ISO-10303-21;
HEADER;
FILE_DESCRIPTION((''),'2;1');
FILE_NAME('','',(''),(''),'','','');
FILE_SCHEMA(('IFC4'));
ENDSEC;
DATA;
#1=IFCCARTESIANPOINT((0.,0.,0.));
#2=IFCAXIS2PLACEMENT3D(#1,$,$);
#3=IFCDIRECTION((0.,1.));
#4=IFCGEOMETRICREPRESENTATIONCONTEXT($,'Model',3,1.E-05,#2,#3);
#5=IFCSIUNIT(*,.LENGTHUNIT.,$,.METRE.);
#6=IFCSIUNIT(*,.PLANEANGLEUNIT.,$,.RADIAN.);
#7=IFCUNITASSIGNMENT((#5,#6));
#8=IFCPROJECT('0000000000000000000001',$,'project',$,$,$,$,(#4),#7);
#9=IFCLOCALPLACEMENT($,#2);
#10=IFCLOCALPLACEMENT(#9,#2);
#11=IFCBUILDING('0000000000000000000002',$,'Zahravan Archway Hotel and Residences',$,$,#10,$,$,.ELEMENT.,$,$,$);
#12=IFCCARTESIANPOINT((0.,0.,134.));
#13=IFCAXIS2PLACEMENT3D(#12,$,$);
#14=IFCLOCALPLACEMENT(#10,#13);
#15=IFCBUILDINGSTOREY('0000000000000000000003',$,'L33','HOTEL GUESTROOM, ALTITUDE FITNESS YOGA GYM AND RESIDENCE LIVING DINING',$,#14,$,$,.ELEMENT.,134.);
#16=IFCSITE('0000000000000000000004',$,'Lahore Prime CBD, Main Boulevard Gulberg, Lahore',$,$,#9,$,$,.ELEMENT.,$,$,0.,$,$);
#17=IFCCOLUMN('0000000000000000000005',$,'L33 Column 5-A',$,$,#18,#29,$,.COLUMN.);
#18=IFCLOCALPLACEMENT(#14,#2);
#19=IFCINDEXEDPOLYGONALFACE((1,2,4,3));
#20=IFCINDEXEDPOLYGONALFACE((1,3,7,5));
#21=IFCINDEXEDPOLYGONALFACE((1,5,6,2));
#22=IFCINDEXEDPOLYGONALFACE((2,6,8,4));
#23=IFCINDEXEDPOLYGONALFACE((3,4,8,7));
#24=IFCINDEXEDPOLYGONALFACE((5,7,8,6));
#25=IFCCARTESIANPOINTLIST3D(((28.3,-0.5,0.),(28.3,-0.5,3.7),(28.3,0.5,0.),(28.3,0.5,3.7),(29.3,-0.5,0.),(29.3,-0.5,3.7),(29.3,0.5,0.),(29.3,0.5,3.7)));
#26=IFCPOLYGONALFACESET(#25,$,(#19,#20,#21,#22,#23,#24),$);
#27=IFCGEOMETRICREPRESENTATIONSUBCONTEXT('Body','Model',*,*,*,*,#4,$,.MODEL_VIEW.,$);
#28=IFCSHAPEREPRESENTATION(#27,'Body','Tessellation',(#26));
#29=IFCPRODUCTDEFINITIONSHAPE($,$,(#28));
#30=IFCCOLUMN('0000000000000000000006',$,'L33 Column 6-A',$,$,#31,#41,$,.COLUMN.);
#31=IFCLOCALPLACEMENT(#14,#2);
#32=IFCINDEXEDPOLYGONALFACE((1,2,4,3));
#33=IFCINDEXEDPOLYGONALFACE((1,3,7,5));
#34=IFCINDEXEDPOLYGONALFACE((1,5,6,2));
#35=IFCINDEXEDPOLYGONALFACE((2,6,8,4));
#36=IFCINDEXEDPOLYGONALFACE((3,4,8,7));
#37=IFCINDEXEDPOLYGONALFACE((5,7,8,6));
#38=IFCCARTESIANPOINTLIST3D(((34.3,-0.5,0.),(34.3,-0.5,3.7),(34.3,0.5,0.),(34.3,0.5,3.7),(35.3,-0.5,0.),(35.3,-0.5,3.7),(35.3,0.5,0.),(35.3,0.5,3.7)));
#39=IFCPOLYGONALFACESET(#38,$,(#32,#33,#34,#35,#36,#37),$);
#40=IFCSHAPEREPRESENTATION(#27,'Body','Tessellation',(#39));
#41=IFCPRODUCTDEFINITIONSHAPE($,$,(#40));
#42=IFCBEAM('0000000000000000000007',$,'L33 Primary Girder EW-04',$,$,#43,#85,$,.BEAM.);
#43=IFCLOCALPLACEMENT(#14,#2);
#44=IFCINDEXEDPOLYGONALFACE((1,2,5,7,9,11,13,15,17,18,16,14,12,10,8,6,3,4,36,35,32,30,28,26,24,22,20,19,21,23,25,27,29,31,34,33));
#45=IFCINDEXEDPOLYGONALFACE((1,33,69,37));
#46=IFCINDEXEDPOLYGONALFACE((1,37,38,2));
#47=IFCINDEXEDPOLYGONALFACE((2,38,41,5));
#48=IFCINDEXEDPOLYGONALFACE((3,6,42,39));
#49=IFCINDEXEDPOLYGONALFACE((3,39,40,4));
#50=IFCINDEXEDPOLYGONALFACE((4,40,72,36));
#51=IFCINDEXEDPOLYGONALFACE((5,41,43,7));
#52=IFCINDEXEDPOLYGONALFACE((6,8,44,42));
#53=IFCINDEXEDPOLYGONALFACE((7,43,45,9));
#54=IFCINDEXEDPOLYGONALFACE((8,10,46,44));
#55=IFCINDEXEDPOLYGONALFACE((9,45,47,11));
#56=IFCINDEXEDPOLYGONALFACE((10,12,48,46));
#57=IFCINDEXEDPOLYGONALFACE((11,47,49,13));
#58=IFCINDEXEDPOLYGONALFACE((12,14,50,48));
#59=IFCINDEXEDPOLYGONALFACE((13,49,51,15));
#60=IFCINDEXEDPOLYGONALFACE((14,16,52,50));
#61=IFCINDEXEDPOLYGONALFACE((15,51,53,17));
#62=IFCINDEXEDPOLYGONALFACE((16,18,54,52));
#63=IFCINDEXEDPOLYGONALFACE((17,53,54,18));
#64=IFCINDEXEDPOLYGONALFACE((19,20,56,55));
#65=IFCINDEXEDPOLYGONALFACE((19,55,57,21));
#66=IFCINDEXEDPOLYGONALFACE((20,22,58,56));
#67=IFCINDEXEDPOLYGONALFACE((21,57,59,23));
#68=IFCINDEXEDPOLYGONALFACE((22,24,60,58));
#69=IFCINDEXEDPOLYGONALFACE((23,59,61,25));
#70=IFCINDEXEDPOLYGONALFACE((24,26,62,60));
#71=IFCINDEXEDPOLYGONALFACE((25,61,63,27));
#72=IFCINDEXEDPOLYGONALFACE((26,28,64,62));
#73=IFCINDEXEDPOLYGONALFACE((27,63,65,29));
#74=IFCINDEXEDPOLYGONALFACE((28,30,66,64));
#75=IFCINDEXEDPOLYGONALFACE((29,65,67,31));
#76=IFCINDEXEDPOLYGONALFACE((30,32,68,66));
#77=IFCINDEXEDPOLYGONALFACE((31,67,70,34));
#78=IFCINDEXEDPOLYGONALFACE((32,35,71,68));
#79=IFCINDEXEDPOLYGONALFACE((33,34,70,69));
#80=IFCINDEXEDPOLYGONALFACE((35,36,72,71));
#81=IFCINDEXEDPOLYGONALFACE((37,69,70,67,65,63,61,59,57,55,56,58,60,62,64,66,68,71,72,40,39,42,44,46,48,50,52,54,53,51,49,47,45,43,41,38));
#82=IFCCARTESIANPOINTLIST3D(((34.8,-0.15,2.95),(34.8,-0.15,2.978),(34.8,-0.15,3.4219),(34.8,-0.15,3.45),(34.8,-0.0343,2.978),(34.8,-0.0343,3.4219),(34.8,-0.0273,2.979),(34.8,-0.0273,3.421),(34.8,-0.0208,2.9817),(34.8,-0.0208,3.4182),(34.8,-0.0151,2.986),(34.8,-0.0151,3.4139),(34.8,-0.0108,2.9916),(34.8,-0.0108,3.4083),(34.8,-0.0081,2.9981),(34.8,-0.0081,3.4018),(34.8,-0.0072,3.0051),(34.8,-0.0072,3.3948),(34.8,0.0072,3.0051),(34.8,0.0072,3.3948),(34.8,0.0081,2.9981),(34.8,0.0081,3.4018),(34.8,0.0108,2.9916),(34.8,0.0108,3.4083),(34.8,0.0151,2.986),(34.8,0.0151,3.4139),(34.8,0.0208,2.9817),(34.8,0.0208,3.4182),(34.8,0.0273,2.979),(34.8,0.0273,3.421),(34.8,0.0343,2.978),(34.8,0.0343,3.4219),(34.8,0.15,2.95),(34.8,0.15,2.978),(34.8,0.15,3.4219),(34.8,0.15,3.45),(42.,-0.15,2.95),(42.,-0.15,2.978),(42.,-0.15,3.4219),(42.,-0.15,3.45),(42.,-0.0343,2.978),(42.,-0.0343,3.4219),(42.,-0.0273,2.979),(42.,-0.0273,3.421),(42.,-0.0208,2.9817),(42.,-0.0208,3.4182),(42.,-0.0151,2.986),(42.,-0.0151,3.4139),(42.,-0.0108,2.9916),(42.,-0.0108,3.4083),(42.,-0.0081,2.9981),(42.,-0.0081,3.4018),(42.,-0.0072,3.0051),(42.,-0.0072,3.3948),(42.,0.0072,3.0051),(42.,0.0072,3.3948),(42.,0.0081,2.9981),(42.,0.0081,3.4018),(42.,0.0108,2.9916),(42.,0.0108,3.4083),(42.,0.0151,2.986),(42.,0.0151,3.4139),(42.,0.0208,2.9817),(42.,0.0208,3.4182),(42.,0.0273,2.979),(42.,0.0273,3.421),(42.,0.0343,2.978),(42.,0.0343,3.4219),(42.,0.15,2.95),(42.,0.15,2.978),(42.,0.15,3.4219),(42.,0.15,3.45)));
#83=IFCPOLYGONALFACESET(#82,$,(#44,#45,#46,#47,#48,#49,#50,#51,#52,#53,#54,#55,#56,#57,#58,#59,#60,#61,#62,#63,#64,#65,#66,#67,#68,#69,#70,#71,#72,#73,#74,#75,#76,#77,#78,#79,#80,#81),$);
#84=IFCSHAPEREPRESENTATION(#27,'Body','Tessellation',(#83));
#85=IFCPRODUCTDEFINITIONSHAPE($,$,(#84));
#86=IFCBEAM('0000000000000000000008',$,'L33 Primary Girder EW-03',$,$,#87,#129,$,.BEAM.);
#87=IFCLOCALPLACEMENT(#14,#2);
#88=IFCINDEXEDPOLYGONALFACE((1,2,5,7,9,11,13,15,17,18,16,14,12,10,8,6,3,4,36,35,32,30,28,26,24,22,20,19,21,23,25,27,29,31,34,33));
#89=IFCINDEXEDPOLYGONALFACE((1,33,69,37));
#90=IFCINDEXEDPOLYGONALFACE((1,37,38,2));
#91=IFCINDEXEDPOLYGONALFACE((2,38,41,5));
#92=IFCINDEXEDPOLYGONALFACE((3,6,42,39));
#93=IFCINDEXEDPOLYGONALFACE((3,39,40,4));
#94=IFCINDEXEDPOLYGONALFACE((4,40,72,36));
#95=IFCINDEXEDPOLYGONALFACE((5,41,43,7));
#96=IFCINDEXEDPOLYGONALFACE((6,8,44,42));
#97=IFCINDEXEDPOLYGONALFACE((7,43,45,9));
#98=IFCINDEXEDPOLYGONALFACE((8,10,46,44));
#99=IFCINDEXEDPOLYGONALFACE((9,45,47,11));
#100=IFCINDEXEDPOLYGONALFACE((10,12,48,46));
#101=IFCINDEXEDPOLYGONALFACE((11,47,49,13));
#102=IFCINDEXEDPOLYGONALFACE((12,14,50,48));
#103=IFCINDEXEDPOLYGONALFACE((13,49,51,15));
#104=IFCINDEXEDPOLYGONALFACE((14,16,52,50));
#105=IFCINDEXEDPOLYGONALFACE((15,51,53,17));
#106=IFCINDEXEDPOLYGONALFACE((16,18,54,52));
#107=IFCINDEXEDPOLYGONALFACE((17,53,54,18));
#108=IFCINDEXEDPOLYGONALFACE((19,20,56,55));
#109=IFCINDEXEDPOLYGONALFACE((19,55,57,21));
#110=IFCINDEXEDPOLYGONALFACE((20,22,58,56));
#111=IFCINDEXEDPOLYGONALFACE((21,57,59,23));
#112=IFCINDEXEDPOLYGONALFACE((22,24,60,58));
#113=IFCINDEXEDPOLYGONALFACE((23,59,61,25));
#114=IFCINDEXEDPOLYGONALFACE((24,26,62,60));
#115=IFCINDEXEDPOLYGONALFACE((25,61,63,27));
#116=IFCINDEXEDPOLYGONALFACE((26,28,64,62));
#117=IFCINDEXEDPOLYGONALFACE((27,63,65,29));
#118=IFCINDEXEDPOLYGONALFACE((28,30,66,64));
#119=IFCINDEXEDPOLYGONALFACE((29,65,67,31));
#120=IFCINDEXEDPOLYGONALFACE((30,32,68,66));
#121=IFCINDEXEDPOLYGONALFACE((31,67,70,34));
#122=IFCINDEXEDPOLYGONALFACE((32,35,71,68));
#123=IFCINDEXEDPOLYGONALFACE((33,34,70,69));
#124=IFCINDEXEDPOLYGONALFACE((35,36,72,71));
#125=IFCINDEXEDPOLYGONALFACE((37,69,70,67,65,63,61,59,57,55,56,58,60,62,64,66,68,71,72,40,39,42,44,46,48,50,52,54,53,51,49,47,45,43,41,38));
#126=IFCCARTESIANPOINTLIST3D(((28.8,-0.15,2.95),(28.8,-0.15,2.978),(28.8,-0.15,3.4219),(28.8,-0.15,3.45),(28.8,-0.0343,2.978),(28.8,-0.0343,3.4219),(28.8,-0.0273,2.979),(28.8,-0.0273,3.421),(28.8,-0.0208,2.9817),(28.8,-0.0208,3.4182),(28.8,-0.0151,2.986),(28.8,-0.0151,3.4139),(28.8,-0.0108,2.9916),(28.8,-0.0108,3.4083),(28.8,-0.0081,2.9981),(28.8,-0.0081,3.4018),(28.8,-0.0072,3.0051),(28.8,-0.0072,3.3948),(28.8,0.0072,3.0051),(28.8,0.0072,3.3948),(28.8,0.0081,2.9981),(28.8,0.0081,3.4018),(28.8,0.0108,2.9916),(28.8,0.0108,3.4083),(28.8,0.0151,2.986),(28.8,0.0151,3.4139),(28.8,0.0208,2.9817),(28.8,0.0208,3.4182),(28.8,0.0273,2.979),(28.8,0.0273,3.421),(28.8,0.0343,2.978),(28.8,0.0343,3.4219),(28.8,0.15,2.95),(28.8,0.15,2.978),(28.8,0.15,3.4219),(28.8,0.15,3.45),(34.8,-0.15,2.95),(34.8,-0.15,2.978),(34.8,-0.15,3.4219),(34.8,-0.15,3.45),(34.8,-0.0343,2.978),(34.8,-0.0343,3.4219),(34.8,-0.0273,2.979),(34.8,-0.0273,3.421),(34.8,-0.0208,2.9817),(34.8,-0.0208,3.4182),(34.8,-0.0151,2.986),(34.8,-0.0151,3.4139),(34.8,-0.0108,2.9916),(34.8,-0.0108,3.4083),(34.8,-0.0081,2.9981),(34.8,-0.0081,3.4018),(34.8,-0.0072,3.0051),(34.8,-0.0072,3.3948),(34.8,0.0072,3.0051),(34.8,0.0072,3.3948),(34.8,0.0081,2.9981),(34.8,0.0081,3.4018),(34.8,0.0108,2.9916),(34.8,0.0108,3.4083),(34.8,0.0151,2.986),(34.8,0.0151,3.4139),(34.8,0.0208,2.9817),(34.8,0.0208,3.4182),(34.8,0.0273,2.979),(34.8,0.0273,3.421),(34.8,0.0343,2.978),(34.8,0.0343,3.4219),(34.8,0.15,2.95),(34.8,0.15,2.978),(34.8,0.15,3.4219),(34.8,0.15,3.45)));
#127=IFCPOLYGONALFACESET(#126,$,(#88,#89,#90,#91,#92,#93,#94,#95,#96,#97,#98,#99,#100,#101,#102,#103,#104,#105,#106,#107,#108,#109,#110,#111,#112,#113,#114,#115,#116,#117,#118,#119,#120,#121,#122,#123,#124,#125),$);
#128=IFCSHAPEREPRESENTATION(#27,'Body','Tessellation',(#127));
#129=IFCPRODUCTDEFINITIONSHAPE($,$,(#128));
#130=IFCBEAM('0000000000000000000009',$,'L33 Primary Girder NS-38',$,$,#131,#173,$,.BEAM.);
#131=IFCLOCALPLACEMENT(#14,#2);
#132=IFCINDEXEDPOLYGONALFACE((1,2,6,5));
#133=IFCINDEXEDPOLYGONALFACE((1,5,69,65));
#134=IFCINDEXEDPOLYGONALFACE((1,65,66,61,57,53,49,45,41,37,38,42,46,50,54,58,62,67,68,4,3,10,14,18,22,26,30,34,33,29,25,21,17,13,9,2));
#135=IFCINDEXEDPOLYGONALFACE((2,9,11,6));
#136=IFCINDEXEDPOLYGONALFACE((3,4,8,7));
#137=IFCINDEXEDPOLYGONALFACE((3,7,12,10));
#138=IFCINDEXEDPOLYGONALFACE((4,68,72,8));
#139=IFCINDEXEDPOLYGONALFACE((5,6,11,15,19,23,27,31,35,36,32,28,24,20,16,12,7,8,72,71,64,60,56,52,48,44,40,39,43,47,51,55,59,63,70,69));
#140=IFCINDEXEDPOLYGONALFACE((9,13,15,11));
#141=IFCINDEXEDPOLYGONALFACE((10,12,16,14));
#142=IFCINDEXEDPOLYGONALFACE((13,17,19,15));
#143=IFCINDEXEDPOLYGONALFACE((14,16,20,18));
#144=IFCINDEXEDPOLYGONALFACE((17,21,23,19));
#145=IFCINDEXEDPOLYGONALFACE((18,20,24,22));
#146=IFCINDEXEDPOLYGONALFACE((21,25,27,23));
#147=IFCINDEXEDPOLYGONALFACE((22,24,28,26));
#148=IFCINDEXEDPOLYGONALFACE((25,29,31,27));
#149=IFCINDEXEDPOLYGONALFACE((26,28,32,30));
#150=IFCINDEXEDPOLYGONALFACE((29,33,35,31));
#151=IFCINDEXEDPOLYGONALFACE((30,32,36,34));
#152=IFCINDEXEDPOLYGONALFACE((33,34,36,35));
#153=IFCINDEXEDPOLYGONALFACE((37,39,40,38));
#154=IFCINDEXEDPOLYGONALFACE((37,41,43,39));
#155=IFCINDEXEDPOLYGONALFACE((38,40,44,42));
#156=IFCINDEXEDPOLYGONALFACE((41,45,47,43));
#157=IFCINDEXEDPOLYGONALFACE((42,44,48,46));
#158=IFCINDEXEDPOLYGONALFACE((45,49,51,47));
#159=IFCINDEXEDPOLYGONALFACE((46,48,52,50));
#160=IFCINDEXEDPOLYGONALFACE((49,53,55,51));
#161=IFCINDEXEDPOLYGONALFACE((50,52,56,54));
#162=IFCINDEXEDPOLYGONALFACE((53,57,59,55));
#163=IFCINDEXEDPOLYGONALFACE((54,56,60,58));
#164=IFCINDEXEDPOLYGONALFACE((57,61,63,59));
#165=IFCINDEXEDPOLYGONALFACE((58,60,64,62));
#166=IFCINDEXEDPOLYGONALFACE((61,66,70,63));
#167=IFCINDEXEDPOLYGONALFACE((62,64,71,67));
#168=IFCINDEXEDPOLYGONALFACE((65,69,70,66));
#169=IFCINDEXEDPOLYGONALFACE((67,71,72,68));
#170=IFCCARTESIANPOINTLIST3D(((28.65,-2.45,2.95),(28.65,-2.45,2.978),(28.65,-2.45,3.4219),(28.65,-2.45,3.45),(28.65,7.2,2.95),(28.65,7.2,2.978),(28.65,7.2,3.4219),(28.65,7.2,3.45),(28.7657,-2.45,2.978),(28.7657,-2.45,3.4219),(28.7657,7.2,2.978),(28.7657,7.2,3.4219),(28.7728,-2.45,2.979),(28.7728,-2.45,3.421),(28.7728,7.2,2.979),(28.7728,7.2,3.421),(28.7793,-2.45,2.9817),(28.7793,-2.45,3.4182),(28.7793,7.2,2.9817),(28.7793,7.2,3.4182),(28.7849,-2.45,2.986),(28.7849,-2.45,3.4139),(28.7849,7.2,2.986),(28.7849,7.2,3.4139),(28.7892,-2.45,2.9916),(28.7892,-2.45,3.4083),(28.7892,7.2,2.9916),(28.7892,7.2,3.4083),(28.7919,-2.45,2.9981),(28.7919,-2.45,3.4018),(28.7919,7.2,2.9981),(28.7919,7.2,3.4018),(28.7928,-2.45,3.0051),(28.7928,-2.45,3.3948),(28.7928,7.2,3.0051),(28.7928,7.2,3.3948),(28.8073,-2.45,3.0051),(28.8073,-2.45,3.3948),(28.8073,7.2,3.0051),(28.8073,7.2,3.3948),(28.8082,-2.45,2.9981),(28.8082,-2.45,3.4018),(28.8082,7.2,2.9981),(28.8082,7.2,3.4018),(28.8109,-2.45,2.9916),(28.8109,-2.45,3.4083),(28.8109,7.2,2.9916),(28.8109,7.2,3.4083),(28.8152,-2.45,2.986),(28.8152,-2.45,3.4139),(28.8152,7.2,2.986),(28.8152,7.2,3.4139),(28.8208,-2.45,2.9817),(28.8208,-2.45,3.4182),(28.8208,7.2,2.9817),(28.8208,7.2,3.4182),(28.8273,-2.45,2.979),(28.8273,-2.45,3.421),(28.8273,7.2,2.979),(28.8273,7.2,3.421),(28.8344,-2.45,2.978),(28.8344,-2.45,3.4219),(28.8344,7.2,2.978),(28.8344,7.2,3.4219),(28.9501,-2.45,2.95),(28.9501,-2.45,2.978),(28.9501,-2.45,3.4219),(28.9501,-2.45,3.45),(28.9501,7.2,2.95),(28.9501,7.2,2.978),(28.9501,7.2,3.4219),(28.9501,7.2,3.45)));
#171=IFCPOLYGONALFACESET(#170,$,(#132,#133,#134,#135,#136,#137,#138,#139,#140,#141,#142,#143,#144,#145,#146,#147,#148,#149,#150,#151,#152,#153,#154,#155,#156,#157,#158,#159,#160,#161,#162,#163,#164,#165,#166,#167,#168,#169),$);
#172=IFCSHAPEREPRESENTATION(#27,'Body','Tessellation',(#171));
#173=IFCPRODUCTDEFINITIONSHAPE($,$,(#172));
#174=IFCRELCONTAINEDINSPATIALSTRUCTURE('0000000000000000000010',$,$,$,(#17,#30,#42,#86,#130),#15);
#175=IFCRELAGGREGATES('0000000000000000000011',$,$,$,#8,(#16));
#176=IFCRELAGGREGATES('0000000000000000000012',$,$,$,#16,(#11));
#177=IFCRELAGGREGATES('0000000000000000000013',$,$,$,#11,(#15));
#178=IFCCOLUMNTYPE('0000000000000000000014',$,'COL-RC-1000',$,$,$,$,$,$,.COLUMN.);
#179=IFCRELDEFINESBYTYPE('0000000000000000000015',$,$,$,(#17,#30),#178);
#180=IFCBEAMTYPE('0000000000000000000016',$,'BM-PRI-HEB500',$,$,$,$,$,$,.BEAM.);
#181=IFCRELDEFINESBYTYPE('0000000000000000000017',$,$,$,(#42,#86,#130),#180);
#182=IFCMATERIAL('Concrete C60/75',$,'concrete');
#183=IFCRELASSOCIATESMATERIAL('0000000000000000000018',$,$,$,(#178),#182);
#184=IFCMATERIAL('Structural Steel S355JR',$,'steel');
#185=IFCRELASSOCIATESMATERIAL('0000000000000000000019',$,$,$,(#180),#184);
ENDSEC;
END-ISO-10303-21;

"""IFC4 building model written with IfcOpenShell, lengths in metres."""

from ifc_helpers import new_model, si_unit, direction, frame, origin, origin_2d, place, context, subcontext, project, spatial, rectangle, i_section, extrude, source, transform, mapped, material, material_profile, profile_set, type_object, type_shapes, element, save


model = new_model("IFC4")

# Units and contexts
model_context = context("Model", 3, precision=1e-05, world=origin(), true_north=direction((0.0, 1.0)))
body_context = subcontext(model_context, "Body", "Model", "MODEL_VIEW")
ifc_project = project(units=[si_unit("LENGTHUNIT", "METRE"), si_unit("PLANEANGLEUNIT", "RADIAN")], contexts=[model_context])

# Site, building, storey
site_placement = place(None, origin())
site = spatial("IfcSite", under=ifc_project, at=site_placement, Name="Lahore Prime CBD, Main Boulevard Gulberg, Lahore", CompositionType="ELEMENT", RefElevation=0.0)
building_placement = place(site_placement, origin())
building = spatial("IfcBuilding", under=site, at=building_placement, Name="Zahravan Archway Hotel and Residences", CompositionType="ELEMENT")
storey_placement = place(building_placement, frame((0.0, 0.0, 134.0)))
storey = spatial("IfcBuildingStorey", under=building, at=storey_placement, Name="L33", Description="HOTEL GUESTROOM, ALTITUDE FITNESS YOGA GYM AND RESIDENCE LIVING DINING", CompositionType="ELEMENT", Elevation=134.0)

# Columns
ifc_material_1 = material(Name="Concrete C60/75", Category="concrete")
ifc_material_profile_1 = material_profile(ifc_material_1, rectangle(XDim=1.0, YDim=1.0, at=origin_2d()), Name="RC-COL-1000x1000", Category="concrete")
ifc_profile_set_1 = profile_set([ifc_material_profile_1], Name="Concrete C60/75")
column_type = type_object("IfcColumnType", Name="COL-RC-1000", PredefinedType="COLUMN", material=ifc_profile_set_1)
shared_shape_1 = source(origin(), body_context, "Body", "SweptSolid", [
    extrude(rectangle(XDim=1.0, YDim=1.0, at=origin_2d()), origin(), (0.0, 0.0, 1.0), 3.7),
])
type_shapes(column_type, [shared_shape_1])
for number, where, z_axis, x_axis, name in (
    (1, (28.8, 0.0, 0.0), (0.0, 0.0, 1.0), (1.0, 0.0, 0.0), "L33 Column 5-A"),
    (2, (34.8, 0.0, 0.0), (0.0, 0.0, 1.0), (1.0, 0.0, 0.0), "L33 Column 6-A"),
):
    element("IfcColumn", number, at=place(storey_placement, frame(where, z_axis=z_axis, x_axis=x_axis)), inside=storey, type_object=column_type, Name=name, PredefinedType="COLUMN", context=body_context, shape_type="MappedRepresentation", body=[
        mapped(shared_shape_1, transform((0.0, 0.0, 0.0), scale=1.0)),
    ])

# Beams
ifc_material_2 = material(Name="Structural Steel S355JR", Category="steel")
ifc_material_profile_2 = material_profile(ifc_material_2, i_section(OverallWidth=0.3, OverallDepth=0.5, WebThickness=0.0144, FlangeThickness=0.0281, FilletRadius=0.0271, at=origin_2d()), Name="HEB 500", Category="steel")
ifc_profile_set_2 = profile_set([ifc_material_profile_2], Name="Structural Steel S355JR")
beam_type_1 = type_object("IfcBeamType", Name="BM-PRI-HEB500", PredefinedType="BEAM", material=ifc_profile_set_2)
shared_shape_2 = source(origin(), body_context, "Body", "SweptSolid", [
    extrude(i_section(OverallWidth=0.3, OverallDepth=0.5, WebThickness=0.0144, FlangeThickness=0.0281, FilletRadius=0.0271, at=origin_2d()), origin(), (0.0, 0.0, 1.0), 7.2),
])
beam_1_placement = place(storey_placement, frame((34.8, 0.0, 3.2), z_axis=(1.0, 0.0, 0.0), x_axis=(0.0, 1.0, 0.0)))
element("IfcBeam", 3, at=beam_1_placement, inside=storey, type_object=beam_type_1, Name="L33 Primary Girder EW-04", PredefinedType="BEAM", context=body_context, shape_type="MappedRepresentation", body=[
    mapped(shared_shape_2, transform((0.0, 0.0, 0.0), scale=1.0)),
])
shared_shape_3 = source(origin(), body_context, "Body", "SweptSolid", [
    extrude(i_section(OverallWidth=0.3, OverallDepth=0.5, WebThickness=0.0144, FlangeThickness=0.0281, FilletRadius=0.0271, at=origin_2d()), origin(), (0.0, 0.0, 1.0), 6.0),
])
beam_2_placement = place(storey_placement, frame((28.8, 0.0, 3.2), z_axis=(1.0, 0.0, 0.0), x_axis=(0.0, 1.0, 0.0)))
element("IfcBeam", 4, at=beam_2_placement, inside=storey, type_object=beam_type_1, Name="L33 Primary Girder EW-03", PredefinedType="BEAM", context=body_context, shape_type="MappedRepresentation", body=[
    mapped(shared_shape_3, transform((0.0, 0.0, 0.0), scale=1.0)),
])
shared_shape_4 = source(origin(), body_context, "Body", "SweptSolid", [
    extrude(i_section(OverallWidth=0.3, OverallDepth=0.5, WebThickness=0.0144, FlangeThickness=0.0281, FilletRadius=0.0271, at=origin_2d()), origin(), (0.0, 0.0, 1.0), 9.6499),
])
beam_3_placement = place(storey_placement, frame((28.8, -2.45, 3.2), z_axis=(0.0, 1.0, 0.0), x_axis=(-1.0, 0.0, 0.0)))
element("IfcBeam", 5, at=beam_3_placement, inside=storey, type_object=beam_type_1, Name="L33 Primary Girder NS-38", PredefinedType="BEAM", context=body_context, shape_type="MappedRepresentation", body=[
    mapped(shared_shape_4, transform((0.0, 0.0, 0.0), scale=1.0)),
])

save(model, "model.ifc")
